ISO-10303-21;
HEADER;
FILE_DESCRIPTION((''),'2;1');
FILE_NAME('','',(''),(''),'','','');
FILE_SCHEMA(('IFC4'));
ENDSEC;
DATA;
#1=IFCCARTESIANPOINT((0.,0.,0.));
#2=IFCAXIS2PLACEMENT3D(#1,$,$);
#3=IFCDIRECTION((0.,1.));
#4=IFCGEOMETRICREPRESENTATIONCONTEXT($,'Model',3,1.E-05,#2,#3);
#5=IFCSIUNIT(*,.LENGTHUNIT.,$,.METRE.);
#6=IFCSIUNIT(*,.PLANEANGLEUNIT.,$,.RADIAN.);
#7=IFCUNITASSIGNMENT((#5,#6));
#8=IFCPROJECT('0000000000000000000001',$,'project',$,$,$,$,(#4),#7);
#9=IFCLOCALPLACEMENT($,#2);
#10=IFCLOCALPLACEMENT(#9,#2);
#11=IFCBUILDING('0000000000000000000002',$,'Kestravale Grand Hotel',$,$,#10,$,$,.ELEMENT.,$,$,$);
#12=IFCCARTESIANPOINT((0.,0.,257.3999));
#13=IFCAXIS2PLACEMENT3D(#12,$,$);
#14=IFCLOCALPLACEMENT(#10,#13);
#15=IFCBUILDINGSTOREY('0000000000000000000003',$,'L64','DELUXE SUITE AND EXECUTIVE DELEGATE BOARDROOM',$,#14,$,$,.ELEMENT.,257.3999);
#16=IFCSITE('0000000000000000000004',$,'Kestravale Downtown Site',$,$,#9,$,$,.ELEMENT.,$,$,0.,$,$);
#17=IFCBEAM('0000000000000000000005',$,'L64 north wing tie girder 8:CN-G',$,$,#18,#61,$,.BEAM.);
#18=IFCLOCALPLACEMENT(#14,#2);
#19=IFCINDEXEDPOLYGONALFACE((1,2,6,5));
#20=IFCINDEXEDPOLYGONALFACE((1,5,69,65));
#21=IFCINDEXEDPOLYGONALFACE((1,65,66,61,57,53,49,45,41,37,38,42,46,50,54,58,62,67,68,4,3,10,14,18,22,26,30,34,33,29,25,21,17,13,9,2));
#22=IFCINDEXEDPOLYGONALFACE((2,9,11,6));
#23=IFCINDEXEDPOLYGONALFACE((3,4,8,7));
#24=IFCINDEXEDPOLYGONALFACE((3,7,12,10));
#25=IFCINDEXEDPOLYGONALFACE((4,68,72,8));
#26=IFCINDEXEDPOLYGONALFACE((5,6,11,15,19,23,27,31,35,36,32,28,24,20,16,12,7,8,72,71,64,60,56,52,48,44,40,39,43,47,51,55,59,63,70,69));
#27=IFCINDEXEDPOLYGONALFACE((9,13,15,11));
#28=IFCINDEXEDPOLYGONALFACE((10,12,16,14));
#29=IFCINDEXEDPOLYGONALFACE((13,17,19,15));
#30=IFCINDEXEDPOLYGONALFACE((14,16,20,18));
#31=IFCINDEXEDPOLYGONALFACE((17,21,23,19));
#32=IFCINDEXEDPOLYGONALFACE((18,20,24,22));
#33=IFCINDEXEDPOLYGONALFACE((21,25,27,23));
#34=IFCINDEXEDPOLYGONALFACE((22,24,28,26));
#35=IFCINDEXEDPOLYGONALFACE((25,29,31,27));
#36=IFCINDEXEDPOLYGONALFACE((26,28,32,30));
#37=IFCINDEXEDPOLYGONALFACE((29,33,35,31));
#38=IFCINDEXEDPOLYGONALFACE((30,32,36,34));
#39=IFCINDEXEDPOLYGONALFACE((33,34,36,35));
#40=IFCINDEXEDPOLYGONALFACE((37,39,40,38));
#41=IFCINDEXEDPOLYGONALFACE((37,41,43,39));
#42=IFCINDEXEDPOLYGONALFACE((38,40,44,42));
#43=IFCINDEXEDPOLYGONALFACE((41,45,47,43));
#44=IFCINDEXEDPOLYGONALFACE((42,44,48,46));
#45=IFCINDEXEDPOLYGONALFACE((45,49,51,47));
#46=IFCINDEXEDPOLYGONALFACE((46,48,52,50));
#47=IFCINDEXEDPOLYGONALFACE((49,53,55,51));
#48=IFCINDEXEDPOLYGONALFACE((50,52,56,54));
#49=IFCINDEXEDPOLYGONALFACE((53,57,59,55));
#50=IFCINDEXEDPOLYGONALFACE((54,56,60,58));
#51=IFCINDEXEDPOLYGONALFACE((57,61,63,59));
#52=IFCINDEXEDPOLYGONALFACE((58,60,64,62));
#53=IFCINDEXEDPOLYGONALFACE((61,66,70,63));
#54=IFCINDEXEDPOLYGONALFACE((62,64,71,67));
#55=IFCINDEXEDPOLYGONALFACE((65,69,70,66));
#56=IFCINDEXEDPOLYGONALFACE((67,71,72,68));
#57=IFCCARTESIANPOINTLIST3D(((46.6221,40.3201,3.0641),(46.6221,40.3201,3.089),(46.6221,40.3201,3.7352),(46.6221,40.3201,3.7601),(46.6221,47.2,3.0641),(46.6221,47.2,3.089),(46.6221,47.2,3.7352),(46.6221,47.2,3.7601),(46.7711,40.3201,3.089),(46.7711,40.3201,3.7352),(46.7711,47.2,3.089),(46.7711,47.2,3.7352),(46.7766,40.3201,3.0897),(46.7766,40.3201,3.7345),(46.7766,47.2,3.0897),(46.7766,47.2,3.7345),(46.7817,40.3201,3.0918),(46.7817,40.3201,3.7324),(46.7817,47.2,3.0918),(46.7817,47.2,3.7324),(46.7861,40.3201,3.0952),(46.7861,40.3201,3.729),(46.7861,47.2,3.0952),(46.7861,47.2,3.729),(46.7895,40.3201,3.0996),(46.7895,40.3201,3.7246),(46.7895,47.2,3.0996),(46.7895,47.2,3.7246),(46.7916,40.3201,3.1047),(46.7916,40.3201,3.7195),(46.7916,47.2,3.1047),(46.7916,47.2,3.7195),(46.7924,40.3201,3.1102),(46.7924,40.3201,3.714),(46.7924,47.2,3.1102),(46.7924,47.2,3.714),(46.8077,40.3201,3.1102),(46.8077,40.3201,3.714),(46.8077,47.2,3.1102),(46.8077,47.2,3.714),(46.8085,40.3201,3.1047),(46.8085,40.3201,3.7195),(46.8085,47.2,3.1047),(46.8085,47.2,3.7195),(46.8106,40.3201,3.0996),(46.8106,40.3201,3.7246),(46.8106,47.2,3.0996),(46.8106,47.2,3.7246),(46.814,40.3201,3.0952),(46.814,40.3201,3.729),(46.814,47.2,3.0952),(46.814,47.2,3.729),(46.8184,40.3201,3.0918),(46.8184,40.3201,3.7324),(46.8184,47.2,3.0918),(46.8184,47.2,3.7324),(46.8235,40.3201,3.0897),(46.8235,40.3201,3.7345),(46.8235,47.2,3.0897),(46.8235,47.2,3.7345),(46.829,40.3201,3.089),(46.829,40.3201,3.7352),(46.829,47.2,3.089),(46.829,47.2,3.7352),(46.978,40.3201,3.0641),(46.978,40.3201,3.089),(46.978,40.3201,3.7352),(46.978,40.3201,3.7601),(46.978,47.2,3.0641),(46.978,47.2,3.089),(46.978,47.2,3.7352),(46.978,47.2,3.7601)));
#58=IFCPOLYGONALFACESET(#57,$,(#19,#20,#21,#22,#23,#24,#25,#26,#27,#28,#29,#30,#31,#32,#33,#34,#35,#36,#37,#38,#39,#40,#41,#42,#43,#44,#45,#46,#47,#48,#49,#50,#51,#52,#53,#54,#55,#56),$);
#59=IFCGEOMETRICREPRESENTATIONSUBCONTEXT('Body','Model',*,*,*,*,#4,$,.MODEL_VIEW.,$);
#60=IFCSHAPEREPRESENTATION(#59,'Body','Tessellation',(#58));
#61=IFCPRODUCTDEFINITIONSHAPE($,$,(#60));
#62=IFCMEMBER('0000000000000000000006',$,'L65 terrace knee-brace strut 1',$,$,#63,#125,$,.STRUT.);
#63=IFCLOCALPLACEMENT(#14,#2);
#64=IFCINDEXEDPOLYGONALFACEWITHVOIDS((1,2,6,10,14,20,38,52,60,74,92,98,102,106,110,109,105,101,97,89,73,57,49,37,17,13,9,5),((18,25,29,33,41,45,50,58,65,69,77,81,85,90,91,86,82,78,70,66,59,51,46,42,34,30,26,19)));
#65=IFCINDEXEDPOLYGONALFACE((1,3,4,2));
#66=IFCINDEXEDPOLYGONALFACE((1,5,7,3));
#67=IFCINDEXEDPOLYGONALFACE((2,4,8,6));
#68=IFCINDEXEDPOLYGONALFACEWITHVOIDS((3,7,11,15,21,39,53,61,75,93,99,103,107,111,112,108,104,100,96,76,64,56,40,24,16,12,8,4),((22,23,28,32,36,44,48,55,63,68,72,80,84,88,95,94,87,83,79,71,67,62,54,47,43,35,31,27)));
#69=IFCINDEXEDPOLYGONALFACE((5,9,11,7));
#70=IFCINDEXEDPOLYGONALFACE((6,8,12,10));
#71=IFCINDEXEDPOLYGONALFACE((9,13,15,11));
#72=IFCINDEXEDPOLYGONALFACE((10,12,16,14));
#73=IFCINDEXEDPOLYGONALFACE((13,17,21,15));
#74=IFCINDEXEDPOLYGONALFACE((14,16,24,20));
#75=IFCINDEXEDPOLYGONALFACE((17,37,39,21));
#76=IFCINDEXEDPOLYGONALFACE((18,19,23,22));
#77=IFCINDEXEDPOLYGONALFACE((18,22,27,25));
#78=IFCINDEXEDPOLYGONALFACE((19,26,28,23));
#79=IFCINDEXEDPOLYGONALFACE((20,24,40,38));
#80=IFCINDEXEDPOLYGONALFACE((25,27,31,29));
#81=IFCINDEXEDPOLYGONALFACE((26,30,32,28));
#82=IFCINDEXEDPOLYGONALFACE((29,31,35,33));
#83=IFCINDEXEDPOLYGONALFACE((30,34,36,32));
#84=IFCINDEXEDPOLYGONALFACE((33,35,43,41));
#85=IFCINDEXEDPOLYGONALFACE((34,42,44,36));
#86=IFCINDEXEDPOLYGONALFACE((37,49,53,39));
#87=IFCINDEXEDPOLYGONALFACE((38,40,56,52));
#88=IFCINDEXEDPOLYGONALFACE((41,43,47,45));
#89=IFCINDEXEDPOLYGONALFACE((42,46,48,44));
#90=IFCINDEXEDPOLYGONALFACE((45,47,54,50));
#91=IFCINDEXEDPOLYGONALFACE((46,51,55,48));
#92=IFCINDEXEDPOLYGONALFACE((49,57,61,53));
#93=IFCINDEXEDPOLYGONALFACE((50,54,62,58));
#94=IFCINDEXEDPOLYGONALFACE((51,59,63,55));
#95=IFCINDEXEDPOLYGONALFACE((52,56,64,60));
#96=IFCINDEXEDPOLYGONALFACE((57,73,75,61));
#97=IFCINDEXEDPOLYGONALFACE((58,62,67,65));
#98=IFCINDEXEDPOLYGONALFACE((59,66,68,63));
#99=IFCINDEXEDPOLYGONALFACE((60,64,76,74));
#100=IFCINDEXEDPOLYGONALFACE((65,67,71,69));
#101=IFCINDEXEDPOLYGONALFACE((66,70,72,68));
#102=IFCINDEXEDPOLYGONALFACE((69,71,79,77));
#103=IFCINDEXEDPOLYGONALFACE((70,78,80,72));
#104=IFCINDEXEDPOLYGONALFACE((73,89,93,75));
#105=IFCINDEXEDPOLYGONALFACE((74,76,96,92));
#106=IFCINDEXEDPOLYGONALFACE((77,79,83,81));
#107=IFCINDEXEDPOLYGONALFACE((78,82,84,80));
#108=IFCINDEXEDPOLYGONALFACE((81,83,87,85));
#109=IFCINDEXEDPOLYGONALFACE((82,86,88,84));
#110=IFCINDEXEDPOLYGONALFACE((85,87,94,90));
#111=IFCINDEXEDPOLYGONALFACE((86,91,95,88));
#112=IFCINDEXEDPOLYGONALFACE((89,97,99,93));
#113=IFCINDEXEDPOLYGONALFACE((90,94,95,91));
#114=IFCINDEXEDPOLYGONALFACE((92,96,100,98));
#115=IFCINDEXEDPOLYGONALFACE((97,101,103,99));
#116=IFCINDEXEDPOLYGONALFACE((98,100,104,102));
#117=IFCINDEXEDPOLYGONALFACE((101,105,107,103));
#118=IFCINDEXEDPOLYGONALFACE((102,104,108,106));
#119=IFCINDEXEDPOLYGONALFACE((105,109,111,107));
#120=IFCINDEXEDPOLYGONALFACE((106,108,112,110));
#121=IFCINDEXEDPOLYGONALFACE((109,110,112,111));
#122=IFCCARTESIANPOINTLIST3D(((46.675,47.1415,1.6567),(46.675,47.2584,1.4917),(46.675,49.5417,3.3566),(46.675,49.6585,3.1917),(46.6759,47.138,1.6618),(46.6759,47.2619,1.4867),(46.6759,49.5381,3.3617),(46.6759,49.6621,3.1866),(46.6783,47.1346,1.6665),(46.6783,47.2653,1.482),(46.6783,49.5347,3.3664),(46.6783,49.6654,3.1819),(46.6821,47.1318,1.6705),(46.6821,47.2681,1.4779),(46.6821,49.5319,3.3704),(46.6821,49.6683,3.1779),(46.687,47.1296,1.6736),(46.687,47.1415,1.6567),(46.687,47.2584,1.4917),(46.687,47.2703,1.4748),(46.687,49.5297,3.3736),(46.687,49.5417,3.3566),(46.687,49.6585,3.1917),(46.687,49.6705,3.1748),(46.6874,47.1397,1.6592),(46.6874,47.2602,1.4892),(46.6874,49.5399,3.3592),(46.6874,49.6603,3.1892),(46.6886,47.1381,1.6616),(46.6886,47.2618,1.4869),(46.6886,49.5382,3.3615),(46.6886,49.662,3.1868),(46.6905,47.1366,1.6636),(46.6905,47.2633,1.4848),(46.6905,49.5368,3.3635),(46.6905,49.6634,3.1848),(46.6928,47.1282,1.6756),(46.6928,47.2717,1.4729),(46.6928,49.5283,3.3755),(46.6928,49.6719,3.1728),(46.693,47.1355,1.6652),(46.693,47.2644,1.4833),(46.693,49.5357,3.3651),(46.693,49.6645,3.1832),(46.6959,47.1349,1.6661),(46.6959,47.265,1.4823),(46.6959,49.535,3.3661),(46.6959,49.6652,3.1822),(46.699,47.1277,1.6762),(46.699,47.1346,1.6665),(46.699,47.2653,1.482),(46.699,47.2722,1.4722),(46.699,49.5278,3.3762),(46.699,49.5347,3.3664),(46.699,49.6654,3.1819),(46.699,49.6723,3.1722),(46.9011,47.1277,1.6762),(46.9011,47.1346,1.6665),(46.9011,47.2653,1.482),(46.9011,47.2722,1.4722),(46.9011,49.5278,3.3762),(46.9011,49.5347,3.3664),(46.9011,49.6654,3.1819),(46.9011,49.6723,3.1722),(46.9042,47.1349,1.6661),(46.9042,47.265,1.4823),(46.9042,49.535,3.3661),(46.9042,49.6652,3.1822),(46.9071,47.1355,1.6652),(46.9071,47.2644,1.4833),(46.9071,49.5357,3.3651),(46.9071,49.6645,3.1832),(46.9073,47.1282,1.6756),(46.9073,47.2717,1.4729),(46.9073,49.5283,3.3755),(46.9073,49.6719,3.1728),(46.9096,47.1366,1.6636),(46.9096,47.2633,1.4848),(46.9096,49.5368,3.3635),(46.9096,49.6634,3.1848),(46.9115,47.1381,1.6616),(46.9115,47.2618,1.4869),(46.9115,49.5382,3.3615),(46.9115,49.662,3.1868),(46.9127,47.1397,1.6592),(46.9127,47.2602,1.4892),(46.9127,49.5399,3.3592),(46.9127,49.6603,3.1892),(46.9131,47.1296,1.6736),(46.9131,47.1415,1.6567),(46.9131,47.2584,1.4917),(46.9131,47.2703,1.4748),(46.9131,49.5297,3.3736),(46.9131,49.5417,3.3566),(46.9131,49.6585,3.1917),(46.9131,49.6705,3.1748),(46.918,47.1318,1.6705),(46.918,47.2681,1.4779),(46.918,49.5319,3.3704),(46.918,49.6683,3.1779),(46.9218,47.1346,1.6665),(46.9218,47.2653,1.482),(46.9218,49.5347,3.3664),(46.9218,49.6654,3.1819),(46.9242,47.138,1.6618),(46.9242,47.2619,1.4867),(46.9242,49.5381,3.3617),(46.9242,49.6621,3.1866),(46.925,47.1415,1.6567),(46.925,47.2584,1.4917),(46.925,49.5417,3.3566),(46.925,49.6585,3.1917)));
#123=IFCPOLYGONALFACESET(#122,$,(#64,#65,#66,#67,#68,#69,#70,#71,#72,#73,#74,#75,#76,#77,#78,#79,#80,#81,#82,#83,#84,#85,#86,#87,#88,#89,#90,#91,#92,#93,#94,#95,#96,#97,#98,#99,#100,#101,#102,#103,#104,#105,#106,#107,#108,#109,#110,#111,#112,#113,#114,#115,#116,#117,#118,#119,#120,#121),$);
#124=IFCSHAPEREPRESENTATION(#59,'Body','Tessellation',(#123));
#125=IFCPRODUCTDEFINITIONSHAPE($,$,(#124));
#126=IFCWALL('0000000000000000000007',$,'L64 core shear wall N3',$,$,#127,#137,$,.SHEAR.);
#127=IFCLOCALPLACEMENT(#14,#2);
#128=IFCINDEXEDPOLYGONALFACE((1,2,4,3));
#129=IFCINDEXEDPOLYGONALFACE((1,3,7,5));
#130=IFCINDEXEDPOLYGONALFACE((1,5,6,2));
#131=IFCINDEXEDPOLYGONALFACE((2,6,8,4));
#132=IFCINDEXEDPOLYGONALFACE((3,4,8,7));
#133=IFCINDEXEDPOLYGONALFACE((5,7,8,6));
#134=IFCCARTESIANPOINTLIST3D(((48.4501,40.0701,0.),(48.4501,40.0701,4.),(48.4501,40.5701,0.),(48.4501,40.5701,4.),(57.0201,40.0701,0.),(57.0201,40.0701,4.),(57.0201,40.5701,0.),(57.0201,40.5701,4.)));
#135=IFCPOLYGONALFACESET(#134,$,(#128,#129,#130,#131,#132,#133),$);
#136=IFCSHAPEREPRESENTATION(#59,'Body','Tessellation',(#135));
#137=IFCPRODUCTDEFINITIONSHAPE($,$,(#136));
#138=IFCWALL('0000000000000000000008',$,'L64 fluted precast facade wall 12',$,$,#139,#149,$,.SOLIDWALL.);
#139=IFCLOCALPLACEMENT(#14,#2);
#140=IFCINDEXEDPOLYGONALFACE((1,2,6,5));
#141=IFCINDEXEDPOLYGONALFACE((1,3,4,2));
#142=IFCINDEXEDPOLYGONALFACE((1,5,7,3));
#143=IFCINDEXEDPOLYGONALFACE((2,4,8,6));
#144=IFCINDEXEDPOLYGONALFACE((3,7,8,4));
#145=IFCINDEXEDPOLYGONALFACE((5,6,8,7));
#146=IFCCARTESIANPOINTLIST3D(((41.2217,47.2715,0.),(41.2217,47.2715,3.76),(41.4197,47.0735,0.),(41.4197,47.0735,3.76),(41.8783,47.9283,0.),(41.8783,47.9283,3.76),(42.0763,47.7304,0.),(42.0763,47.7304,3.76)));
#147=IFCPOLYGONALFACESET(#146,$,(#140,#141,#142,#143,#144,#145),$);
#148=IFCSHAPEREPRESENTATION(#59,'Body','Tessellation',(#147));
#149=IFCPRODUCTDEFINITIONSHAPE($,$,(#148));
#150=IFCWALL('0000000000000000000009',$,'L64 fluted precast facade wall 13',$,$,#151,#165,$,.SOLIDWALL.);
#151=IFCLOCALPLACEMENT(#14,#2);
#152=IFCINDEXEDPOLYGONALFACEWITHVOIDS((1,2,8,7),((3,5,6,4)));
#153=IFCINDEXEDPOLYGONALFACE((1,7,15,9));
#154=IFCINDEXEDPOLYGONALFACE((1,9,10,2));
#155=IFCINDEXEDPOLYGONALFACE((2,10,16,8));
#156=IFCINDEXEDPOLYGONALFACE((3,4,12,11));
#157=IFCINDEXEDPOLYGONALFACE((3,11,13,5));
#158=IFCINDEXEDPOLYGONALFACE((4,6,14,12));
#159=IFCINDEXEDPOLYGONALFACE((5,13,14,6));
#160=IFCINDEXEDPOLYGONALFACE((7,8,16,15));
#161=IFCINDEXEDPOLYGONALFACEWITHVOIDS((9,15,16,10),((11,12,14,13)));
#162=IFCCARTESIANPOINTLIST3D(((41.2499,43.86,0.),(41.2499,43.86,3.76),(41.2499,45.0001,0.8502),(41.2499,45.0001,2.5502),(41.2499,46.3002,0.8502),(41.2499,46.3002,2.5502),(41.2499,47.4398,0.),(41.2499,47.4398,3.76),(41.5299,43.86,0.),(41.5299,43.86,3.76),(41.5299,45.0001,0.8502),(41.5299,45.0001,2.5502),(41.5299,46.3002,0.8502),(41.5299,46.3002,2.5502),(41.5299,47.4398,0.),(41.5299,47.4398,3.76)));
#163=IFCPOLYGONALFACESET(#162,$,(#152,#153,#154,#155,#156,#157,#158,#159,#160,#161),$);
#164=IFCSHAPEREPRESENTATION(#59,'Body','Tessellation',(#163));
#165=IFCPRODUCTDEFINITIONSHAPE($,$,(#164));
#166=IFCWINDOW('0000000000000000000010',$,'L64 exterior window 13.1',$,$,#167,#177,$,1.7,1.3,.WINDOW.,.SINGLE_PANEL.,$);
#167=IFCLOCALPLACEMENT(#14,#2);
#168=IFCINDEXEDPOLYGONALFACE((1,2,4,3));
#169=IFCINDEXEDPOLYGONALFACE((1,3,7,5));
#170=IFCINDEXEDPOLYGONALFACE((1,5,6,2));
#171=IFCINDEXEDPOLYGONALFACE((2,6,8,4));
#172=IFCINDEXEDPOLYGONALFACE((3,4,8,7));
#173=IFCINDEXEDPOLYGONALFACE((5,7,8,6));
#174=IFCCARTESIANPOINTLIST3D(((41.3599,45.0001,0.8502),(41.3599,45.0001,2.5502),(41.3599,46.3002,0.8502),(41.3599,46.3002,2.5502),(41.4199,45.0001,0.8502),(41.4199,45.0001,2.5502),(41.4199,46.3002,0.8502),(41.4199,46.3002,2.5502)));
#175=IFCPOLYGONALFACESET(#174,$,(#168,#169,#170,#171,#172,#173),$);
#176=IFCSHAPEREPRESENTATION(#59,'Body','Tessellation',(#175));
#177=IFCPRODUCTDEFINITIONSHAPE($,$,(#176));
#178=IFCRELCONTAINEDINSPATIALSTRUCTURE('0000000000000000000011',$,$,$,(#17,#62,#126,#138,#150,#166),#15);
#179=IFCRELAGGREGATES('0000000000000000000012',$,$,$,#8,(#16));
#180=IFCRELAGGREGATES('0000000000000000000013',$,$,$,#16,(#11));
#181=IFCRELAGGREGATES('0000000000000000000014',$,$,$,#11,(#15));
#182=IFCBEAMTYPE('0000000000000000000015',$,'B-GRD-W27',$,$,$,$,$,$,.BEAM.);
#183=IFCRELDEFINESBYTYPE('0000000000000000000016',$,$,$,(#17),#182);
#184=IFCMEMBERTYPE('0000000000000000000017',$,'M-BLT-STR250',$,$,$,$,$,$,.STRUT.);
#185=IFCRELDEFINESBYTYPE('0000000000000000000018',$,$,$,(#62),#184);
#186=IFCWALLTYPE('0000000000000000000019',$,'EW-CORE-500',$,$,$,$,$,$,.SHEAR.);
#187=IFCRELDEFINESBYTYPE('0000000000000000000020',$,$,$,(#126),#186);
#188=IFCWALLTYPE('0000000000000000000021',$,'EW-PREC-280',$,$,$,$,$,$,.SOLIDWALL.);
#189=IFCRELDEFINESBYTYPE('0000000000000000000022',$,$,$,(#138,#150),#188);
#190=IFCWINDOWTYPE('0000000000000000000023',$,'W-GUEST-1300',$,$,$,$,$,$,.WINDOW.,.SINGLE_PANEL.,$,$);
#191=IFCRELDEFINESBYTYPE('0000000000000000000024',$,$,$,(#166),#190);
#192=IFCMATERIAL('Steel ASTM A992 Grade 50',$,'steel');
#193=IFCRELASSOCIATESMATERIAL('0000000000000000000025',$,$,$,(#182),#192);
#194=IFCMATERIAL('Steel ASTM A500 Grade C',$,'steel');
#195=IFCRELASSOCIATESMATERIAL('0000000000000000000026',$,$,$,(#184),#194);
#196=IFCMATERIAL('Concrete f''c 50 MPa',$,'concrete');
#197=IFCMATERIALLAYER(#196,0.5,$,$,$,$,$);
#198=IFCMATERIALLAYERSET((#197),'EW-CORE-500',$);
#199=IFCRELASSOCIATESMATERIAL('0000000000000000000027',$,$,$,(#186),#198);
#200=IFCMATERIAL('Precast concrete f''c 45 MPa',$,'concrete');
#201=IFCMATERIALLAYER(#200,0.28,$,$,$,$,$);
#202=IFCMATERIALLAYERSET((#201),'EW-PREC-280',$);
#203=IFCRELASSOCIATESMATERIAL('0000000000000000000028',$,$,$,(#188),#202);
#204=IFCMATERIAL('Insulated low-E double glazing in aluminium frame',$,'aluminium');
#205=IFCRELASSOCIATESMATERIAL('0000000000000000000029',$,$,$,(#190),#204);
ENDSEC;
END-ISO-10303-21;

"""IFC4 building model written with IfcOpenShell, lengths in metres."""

from ifc_helpers import new_model, si_unit, direction, frame, frame_2d, origin, origin_2d, place, context, subcontext, project, spatial, rectangle, hollow_rectangle, i_section, extrude, material, layer, layer_set, material_profile, profile_set, type_object, element, fill, save


model = new_model("IFC4")

# Units and contexts
model_context = context("Model", 3, precision=1e-05, world=origin(), true_north=direction((0.0, 1.0)))
body_context = subcontext(model_context, "Body", "Model", "MODEL_VIEW")
ifc_project = project(units=[si_unit("LENGTHUNIT", "METRE"), si_unit("PLANEANGLEUNIT", "RADIAN")], contexts=[model_context])

# Site, building, storey
site_placement = place(None, origin())
site = spatial("IfcSite", under=ifc_project, at=site_placement, Name="Kestravale Downtown Site", CompositionType="ELEMENT", RefElevation=0.0)
building_placement = place(site_placement, origin())
building = spatial("IfcBuilding", under=site, at=building_placement, Name="Kestravale Grand Hotel", CompositionType="ELEMENT")
storey_placement = place(building_placement, frame((0.0, 0.0, 257.3999)))
storey = spatial("IfcBuildingStorey", under=building, at=storey_placement, Name="L64", Description="DELUXE SUITE AND EXECUTIVE DELEGATE BOARDROOM", CompositionType="ELEMENT", Elevation=257.3999)

# Beam
ifc_material_1 = material(Name="Steel ASTM A992 Grade 50", Category="steel")
ifc_material_profile_1 = material_profile(ifc_material_1, i_section(OverallWidth=0.356, OverallDepth=0.696, WebThickness=0.0154, FlangeThickness=0.0249, FilletRadius=0.0212, at=origin_2d()))
ifc_profile_set_1 = profile_set([ifc_material_profile_1], Name="Steel ASTM A992 Grade 50")
beam_type_1 = type_object("IfcBeamType", Name="B-GRD-W27", PredefinedType="BEAM", material=ifc_profile_set_1)
beam_1_placement = place(storey_placement, frame((46.8, 40.3201, 3.4121), z_axis=(0.0, 1.0, 0.0), x_axis=(-1.0, 0.0, 0.0)))
element("IfcBeam", 1, at=beam_1_placement, inside=storey, type_object=beam_type_1, Name="L64 north wing tie girder 8:CN-G", PredefinedType="BEAM", context=body_context, shape_type="SweptSolid", body=[
    extrude(i_section(OverallWidth=0.356, OverallDepth=0.696, WebThickness=0.0154, FlangeThickness=0.0249, FilletRadius=0.0212, at=origin_2d()), origin(), (0.0, 0.0, 1.0), 6.8799),
])

# Member
ifc_material_2 = material(Name="Steel ASTM A500 Grade C", Category="steel")
ifc_material_profile_2 = material_profile(ifc_material_2, hollow_rectangle(XDim=0.25, YDim=0.25, WallThickness=0.012, InnerFilletRadius=0.012, OuterFilletRadius=0.0239, at=origin_2d()))
ifc_profile_set_2 = profile_set([ifc_material_profile_2], Name="Steel ASTM A500 Grade C")
member_type = type_object("IfcMemberType", Name="M-BLT-STR250", PredefinedType="STRUT", material=ifc_profile_set_2)
member_placement = place(storey_placement, frame((46.8, 47.2, 1.5742), z_axis=(0.0, 0.816049, 0.577983), x_axis=(-1.0, 0.0, 0.0)))
element("IfcMember", 2, at=member_placement, inside=storey, type_object=member_type, Name="L65 terrace knee-brace strut 1", PredefinedType="STRUT", context=body_context, shape_type="SweptSolid", body=[
    extrude(hollow_rectangle(XDim=0.25, YDim=0.25, WallThickness=0.012, InnerFilletRadius=0.012, OuterFilletRadius=0.0239, at=origin_2d()), origin(), (0.0, 0.0, 1.0), 2.9412),
])

# Walls
ifc_material_3 = material(Name="Concrete f'c 50 MPa", Category="concrete")
ifc_layer_1 = layer(ifc_material_3, 0.5)
ifc_layer_set_1 = layer_set([ifc_layer_1], Name="EW-CORE-500")
wall_type_1 = type_object("IfcWallType", Name="EW-CORE-500", PredefinedType="SHEAR", material=ifc_layer_set_1)
wall_1_placement = place(storey_placement, frame((48.45, 40.3201, 0.0), z_axis=(0.0, 0.0, 1.0), x_axis=(1.0, 0.0, 0.0)))
element("IfcWall", 3, at=wall_1_placement, inside=storey, type_object=wall_type_1, Name="L64 core shear wall N3", PredefinedType="SHEAR", context=body_context, shape_type="SweptSolid", body=[
    extrude(rectangle(XDim=8.5701, YDim=0.5, at=frame_2d((4.2852, 0.0))), origin(), (0.0, 0.0, 1.0), 4.0),
])
ifc_material_4 = material(Name="Precast concrete f'c 45 MPa", Category="concrete")
ifc_layer_2 = layer(ifc_material_4, 0.28)
ifc_layer_set_2 = layer_set([ifc_layer_2], Name="EW-PREC-280")
wall_type_2 = type_object("IfcWallType", Name="EW-PREC-280", PredefinedType="SOLIDWALL", material=ifc_layer_set_2)
wall_2_placement = place(storey_placement, frame((41.9773, 47.8293, 0.0), z_axis=(0.0, 0.0, 1.0), x_axis=(-0.706975, -0.707238, 0.0)))
element("IfcWall", 4, at=wall_2_placement, inside=storey, type_object=wall_type_2, Name="L64 fluted precast facade wall 12", PredefinedType="SOLIDWALL", context=body_context, shape_type="SweptSolid", body=[
    extrude(rectangle(XDim=0.9287, YDim=0.28, at=frame_2d((0.4644, 0.0))), origin(), (0.0, 0.0, 1.0), 3.76),
])

# Wall, opening, window
wall_3_placement = place(storey_placement, frame((41.3899, 47.4399, 0.0), z_axis=(0.0, 0.0, 1.0), x_axis=(0.0, -1.0, 0.0)))
wall_3 = element("IfcWall", 5, at=wall_3_placement, inside=storey, type_object=wall_type_2, Name="L64 fluted precast facade wall 13", PredefinedType="SOLIDWALL", context=body_context, shape_type="SweptSolid", body=[
    extrude(rectangle(XDim=3.5798, YDim=0.28, at=frame_2d((1.79, 0.0))), origin(), (0.0, 0.0, 1.0), 3.76),
])
opening_1_placement = place(wall_3_placement, frame((1.1399, 0.0, 0.8501)))
opening_1 = element("IfcOpeningElement", 6, at=opening_1_placement, cuts=wall_3, PredefinedType="OPENING", context=body_context, shape_type="SweptSolid", body=[
    extrude(rectangle(XDim=1.3, YDim=1.7, at=frame_2d((0.6499, 0.8501))), frame((0.0, 0.1499, 0.0), z_axis=(0.0, -1.0, 0.0), x_axis=(1.0, 0.0, 0.0)), (0.0, 0.0, 1.0), 0.3),
])
ifc_material_5 = material(Name="Insulated low-E double glazing in aluminium frame", Category="aluminium")
window_type = type_object("IfcWindowType", Name="W-GUEST-1300", PartitioningType="SINGLE_PANEL", PredefinedType="WINDOW", material=ifc_material_5)
window_1_placement = place(opening_1_placement, origin())
window_1 = element("IfcWindow", 7, at=window_1_placement, inside=storey, type_object=window_type, Name="L64 exterior window 13.1", OverallHeight=1.7, OverallWidth=1.3, PartitioningType="SINGLE_PANEL", PredefinedType="WINDOW", context=body_context, shape_type="SweptSolid", body=[
    extrude(rectangle(XDim=1.3, YDim=1.7, at=frame_2d((0.6499, 0.8501))), frame((0.0, 0.03, 0.0), z_axis=(0.0, -1.0, 0.0), x_axis=(1.0, 0.0, 0.0)), (0.0, 0.0, 1.0), 0.0601),
])
fill(opening_1, window_1)

save(model, "model.ifc")
